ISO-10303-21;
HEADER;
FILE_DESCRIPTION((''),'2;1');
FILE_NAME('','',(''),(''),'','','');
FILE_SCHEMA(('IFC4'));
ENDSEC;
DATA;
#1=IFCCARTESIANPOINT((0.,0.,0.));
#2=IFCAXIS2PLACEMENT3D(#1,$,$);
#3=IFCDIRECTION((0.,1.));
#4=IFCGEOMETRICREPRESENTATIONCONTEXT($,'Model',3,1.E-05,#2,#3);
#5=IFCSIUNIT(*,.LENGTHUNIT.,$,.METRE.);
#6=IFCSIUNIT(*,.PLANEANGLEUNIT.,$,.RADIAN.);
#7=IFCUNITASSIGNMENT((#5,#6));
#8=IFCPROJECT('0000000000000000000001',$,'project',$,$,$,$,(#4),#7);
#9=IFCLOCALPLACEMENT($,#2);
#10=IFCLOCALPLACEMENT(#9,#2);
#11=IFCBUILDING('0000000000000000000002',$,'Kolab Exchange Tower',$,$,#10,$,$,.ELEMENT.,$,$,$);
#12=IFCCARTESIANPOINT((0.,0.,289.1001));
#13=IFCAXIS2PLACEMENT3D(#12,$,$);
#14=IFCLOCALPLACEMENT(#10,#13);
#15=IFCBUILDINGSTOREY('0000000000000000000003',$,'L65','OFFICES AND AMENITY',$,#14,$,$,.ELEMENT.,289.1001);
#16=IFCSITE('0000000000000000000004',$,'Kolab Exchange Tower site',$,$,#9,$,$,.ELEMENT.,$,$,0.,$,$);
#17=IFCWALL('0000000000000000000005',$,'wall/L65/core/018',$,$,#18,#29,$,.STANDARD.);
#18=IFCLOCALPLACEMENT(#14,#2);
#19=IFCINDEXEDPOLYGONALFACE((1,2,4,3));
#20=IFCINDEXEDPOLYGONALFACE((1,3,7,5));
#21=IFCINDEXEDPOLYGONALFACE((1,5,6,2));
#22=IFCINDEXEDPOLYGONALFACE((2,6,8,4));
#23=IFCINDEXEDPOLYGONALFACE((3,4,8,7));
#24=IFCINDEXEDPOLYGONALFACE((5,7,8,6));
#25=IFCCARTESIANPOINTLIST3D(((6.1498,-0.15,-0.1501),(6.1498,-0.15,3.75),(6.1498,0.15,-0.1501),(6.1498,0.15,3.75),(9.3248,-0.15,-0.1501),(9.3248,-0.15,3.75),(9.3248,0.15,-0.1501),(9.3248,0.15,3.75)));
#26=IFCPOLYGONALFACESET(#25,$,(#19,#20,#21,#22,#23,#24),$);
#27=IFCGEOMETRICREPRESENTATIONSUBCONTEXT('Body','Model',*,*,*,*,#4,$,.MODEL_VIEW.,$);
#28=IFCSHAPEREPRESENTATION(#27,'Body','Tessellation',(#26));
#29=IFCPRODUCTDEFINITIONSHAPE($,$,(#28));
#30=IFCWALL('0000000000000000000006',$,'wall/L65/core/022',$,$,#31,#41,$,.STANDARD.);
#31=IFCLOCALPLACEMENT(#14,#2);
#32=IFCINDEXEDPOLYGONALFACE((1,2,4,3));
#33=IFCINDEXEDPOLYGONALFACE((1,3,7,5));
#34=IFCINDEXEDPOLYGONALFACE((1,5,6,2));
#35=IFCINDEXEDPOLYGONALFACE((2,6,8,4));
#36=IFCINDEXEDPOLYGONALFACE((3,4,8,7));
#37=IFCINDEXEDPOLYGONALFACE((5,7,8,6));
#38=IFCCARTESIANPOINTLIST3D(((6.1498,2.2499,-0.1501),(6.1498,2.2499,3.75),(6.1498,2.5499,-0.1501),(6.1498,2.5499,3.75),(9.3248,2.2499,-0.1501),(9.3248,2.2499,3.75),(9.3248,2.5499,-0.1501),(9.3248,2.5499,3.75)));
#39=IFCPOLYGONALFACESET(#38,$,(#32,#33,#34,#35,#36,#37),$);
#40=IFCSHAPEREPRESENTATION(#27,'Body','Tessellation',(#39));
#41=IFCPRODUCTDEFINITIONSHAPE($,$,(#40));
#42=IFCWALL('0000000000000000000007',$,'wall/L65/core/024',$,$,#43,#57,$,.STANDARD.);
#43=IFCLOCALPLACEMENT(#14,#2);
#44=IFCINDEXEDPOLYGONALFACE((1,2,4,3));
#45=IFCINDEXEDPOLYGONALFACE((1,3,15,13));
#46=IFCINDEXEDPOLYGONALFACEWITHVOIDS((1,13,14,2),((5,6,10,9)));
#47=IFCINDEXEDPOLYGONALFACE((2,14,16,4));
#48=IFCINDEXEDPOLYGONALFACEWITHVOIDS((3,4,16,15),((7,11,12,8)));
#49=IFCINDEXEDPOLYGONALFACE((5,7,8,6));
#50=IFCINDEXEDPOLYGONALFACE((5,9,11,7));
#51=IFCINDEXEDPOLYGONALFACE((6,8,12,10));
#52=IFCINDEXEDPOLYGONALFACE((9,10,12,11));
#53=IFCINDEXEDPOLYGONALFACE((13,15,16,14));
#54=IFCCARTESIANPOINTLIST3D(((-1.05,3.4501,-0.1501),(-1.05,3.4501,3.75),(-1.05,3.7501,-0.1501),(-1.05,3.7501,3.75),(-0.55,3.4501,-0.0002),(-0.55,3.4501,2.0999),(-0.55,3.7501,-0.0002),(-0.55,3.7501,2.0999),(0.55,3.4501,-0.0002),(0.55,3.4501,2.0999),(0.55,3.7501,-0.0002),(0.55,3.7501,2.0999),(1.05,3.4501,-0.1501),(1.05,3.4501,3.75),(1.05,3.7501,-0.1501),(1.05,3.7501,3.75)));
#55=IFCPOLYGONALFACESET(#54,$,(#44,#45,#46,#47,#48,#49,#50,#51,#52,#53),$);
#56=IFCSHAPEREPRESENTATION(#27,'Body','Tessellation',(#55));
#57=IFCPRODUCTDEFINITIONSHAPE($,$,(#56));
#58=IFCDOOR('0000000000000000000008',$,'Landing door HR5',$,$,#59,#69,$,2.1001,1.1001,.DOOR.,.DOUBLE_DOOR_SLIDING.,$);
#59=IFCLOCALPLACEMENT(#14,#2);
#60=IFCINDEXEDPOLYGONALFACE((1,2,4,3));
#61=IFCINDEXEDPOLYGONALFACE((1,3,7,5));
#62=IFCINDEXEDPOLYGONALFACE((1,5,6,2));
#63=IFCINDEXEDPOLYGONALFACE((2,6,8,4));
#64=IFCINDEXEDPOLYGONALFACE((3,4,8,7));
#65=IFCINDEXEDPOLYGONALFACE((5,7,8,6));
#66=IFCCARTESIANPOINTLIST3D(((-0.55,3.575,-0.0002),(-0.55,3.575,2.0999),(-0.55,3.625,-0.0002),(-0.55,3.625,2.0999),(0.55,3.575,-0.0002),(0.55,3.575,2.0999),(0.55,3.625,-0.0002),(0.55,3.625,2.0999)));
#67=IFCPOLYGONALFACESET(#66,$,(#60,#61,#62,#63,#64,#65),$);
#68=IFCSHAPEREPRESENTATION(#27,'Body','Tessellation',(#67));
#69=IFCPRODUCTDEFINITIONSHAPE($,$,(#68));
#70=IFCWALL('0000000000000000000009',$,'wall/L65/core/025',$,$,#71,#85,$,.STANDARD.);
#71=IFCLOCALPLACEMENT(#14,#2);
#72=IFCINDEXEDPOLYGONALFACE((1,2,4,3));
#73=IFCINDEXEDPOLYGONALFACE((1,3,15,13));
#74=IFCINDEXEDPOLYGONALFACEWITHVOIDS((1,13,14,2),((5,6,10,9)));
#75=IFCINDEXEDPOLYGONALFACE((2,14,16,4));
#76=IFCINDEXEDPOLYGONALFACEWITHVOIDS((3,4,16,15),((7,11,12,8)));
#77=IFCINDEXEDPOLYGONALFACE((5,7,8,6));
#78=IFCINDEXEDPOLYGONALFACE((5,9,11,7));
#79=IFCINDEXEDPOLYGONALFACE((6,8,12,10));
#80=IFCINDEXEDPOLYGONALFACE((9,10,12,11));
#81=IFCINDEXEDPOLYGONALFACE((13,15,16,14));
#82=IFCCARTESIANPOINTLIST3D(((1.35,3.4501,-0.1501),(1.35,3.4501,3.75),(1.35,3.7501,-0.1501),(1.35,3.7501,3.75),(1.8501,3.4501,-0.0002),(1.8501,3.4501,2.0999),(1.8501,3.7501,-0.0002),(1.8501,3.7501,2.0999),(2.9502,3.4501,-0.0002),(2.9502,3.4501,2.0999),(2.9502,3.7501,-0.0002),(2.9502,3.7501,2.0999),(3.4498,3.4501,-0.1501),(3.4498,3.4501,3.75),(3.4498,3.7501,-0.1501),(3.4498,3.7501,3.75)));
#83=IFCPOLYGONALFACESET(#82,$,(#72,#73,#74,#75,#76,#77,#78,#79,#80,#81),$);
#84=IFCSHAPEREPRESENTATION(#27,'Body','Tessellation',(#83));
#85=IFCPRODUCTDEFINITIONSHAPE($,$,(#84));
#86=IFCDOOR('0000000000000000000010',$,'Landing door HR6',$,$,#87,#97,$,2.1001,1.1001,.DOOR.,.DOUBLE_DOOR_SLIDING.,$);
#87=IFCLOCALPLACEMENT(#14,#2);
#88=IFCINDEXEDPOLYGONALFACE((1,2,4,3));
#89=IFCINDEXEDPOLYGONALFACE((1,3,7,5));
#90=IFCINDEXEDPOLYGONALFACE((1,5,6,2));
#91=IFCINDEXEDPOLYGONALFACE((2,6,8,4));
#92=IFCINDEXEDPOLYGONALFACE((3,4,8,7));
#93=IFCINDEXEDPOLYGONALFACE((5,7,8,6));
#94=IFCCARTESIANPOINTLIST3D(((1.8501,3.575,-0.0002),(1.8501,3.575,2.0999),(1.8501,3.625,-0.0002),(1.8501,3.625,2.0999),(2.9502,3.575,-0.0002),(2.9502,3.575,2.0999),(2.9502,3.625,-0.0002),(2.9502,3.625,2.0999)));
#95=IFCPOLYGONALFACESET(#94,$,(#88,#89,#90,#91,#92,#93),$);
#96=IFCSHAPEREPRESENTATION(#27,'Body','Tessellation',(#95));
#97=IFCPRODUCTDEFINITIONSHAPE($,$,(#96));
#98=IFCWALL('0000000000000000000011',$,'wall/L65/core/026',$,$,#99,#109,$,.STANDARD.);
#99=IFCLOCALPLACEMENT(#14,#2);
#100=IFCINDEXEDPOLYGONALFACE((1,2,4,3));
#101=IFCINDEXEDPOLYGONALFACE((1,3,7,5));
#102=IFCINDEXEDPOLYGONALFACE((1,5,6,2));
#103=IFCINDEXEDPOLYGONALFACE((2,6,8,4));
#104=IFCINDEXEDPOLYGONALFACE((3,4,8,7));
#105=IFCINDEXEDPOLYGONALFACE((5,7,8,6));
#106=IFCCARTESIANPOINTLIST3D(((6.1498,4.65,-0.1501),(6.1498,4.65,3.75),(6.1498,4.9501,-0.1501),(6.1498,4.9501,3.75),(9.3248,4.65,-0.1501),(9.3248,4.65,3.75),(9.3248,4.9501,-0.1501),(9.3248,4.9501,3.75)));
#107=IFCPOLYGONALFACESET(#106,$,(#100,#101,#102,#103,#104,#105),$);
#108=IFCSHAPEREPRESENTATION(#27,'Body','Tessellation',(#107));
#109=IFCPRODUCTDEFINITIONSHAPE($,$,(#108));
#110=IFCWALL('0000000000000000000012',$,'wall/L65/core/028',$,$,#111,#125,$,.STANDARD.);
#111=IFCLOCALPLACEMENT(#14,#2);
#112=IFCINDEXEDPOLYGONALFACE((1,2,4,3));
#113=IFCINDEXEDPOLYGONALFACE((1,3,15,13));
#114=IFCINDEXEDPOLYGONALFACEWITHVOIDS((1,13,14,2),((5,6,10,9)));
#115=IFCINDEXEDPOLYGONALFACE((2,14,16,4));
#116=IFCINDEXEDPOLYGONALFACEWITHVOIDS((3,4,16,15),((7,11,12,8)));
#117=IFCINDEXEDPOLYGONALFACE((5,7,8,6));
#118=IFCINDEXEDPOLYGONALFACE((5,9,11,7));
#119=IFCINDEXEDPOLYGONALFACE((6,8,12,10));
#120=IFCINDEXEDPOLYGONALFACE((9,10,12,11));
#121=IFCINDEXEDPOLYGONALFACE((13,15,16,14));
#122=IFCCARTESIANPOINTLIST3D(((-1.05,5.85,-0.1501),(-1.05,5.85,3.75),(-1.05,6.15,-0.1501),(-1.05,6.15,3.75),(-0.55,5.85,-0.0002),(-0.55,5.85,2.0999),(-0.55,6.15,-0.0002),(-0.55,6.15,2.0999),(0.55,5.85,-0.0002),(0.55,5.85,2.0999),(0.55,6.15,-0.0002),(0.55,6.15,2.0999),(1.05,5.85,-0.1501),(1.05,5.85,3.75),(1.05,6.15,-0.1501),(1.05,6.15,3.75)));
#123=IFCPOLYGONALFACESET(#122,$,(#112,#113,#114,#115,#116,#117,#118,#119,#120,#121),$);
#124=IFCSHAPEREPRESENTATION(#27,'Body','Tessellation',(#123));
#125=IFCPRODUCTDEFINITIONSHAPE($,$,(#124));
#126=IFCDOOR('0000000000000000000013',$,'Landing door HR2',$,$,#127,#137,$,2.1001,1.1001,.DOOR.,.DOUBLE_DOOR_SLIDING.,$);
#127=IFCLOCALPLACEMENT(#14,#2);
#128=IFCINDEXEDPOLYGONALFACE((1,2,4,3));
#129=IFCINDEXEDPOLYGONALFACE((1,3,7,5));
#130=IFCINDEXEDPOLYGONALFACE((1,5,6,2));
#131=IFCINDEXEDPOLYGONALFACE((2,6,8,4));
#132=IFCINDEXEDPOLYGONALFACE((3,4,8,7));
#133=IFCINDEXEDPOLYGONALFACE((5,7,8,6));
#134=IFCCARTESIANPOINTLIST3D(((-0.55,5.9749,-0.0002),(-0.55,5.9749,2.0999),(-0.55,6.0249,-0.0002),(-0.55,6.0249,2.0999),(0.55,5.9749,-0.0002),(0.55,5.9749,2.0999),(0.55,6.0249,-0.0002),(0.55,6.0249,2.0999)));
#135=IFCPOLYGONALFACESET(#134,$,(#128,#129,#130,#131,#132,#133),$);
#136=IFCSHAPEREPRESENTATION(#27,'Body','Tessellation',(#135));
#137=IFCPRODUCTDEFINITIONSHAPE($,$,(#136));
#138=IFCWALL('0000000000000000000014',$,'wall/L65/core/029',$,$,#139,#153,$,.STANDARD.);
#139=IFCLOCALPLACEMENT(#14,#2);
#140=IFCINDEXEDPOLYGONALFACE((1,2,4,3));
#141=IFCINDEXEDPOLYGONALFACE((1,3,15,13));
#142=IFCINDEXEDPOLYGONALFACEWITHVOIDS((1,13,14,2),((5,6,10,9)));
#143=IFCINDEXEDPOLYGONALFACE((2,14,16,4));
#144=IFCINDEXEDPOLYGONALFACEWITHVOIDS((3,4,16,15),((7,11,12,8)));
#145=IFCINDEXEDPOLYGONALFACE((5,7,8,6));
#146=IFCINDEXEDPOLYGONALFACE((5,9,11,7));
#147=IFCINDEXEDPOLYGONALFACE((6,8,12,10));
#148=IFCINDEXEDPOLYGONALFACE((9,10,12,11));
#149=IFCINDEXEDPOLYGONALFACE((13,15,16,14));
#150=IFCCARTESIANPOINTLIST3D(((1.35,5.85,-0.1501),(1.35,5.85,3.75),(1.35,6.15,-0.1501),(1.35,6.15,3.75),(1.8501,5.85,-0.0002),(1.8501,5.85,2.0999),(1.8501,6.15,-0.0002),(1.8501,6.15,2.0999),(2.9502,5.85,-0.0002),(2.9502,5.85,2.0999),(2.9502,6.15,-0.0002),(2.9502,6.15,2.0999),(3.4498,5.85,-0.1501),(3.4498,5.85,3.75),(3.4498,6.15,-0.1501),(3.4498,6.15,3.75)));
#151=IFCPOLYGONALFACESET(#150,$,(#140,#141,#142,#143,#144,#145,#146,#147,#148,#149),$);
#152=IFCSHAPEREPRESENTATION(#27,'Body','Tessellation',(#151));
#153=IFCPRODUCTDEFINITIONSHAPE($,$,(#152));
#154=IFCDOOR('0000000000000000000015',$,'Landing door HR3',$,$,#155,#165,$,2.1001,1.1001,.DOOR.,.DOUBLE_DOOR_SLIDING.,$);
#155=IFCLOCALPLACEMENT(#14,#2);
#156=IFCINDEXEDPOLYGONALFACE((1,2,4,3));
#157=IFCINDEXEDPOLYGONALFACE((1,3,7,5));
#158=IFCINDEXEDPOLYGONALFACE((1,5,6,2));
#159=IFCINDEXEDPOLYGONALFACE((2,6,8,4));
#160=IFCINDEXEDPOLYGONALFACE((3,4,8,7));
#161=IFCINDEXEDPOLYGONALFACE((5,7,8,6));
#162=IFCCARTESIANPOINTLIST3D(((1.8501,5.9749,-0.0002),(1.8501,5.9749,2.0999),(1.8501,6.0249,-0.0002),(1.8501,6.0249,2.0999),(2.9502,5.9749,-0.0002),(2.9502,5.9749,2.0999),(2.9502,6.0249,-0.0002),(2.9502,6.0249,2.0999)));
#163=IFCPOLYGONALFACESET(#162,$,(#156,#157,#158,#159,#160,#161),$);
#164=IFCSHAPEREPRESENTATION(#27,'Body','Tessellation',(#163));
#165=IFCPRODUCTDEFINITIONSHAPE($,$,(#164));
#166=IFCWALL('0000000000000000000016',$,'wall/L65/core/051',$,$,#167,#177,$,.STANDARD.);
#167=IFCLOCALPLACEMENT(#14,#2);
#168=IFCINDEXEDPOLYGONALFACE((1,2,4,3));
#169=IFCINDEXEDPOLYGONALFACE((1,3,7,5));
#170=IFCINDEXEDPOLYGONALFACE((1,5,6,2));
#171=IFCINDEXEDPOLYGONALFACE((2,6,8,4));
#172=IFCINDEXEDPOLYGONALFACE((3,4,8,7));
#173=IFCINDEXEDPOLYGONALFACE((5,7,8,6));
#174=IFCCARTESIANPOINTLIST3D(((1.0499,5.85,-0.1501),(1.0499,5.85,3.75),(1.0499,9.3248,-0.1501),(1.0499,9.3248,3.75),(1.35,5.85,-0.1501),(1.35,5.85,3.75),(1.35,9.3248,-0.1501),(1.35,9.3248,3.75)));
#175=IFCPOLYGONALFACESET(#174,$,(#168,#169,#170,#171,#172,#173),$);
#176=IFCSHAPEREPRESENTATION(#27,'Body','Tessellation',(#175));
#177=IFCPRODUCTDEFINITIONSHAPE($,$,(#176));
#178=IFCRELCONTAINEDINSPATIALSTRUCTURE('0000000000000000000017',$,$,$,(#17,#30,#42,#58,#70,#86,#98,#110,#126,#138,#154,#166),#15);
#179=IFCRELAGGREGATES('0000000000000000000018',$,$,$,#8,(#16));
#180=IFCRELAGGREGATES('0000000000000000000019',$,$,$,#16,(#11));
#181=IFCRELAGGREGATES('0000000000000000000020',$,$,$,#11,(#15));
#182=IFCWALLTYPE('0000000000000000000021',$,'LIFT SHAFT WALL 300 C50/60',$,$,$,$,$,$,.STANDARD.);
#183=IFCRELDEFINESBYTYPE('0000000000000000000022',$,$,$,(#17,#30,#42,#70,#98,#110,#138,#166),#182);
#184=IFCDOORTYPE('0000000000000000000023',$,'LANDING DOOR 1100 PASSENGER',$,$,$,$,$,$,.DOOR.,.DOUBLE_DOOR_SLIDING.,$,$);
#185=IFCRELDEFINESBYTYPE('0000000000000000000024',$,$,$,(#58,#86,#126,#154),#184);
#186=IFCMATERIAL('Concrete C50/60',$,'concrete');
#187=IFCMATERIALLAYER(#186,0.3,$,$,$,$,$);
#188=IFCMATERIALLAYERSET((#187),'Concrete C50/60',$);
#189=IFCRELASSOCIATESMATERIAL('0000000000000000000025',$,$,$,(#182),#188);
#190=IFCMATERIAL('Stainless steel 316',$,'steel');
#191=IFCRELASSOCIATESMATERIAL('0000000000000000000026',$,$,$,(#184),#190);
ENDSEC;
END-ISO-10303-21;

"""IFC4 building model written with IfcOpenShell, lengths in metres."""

from ifc_helpers import new_model, si_unit, direction, frame, frame_2d, origin, place, context, subcontext, project, spatial, rectangle, extrude, material, layer, layer_set, type_object, element, fill, save


model = new_model("IFC4")

# Units and contexts
model_context = context("Model", 3, precision=1e-05, world=origin(), true_north=direction((0.0, 1.0)))
body_context = subcontext(model_context, "Body", "Model", "MODEL_VIEW")
ifc_project = project(units=[si_unit("LENGTHUNIT", "METRE"), si_unit("PLANEANGLEUNIT", "RADIAN")], contexts=[model_context])

# Site, building, storey
site_placement = place(None, origin())
site = spatial("IfcSite", under=ifc_project, at=site_placement, Name="Kolab Exchange Tower site", CompositionType="ELEMENT", RefElevation=0.0)
building_placement = place(site_placement, origin())
building = spatial("IfcBuilding", under=site, at=building_placement, Name="Kolab Exchange Tower", CompositionType="ELEMENT")
storey_placement = place(building_placement, frame((0.0, 0.0, 289.1001)))
storey = spatial("IfcBuildingStorey", under=building, at=storey_placement, Name="L65", Description="OFFICES AND AMENITY", CompositionType="ELEMENT", Elevation=289.1001)

# Shared definitions
ifc_material_1 = material(Name="Concrete C50/60", Category="concrete")

# Walls
ifc_layer_1 = layer(ifc_material_1, 0.3)
ifc_layer_set_1 = layer_set([ifc_layer_1], Name="Concrete C50/60")
wall_type = type_object("IfcWallType", Name="LIFT SHAFT WALL 300 C50/60", PredefinedType="STANDARD", material=ifc_layer_set_1)
for number, where, z_axis, x_axis, name in (
    (1, (6.1499, 0.0, -0.1501), (0.0, 0.0, 1.0), (1.0, 0.0, 0.0), "wall/L65/core/018"),
    (2, (6.1499, 2.3999, -0.1501), (0.0, 0.0, 1.0), (1.0, 0.0, 0.0), "wall/L65/core/022"),
):
    element("IfcWall", number, at=place(storey_placement, frame(where, z_axis=z_axis, x_axis=x_axis)), inside=storey, type_object=wall_type, Name=name, PredefinedType="STANDARD", context=body_context, shape_type="SweptSolid", body=[
        extrude(rectangle(XDim=3.175, YDim=0.3, at=frame_2d((1.5874, 0.0))), origin(), (0.0, 0.0, 1.0), 3.9001),
    ])

# Walls, openings, doors
wall_1_placement = place(storey_placement, frame((-1.05, 3.6001, -0.1501), z_axis=(0.0, 0.0, 1.0), x_axis=(1.0, 0.0, 0.0)))
wall_1 = element("IfcWall", 3, at=wall_1_placement, inside=storey, type_object=wall_type, Name="wall/L65/core/024", PredefinedType="STANDARD", context=body_context, shape_type="SweptSolid", body=[
    extrude(rectangle(XDim=2.1001, YDim=0.3, at=frame_2d((1.05, 0.0))), origin(), (0.0, 0.0, 1.0), 3.9001),
])
opening_1_placement = place(wall_1_placement, frame((0.5, 0.0, 0.1499)))
opening_1 = element("IfcOpeningElement", 4, at=opening_1_placement, cuts=wall_1, PredefinedType="OPENING", context=body_context, shape_type="SweptSolid", body=[
    extrude(rectangle(XDim=1.1001, YDim=2.1001, at=frame_2d((0.55, 1.05))), frame((0.0, 0.1602, 0.0), z_axis=(0.0, -1.0, 0.0), x_axis=(1.0, 0.0, 0.0)), (0.0, 0.0, 1.0), 0.3201),
])
ifc_material_2 = material(Name="Stainless steel 316", Category="steel")
door_type = type_object("IfcDoorType", Name="LANDING DOOR 1100 PASSENGER", OperationType="DOUBLE_DOOR_SLIDING", PredefinedType="DOOR", material=ifc_material_2)
door_1_placement = place(opening_1_placement, origin())
door_1 = element("IfcDoor", 5, at=door_1_placement, inside=storey, type_object=door_type, Name="Landing door HR5", OperationType="DOUBLE_DOOR_SLIDING", OverallHeight=2.1001, OverallWidth=1.1001, PredefinedType="DOOR", context=body_context, shape_type="SweptSolid", body=[
    extrude(rectangle(XDim=1.1001, YDim=2.1001, at=frame_2d((0.55, 1.05))), frame((0.0, 0.0249, 0.0), z_axis=(0.0, -1.0, 0.0), x_axis=(1.0, 0.0, 0.0)), (0.0, 0.0, 1.0), 0.05),
])
fill(opening_1, door_1)
wall_2_placement = place(storey_placement, frame((1.3501, 3.6001, -0.1501), z_axis=(0.0, 0.0, 1.0), x_axis=(1.0, 0.0, 0.0)))
wall_2 = element("IfcWall", 6, at=wall_2_placement, inside=storey, type_object=wall_type, Name="wall/L65/core/025", PredefinedType="STANDARD", context=body_context, shape_type="SweptSolid", body=[
    extrude(rectangle(XDim=2.0999, YDim=0.3, at=frame_2d((1.0498, 0.0))), origin(), (0.0, 0.0, 1.0), 3.9001),
])
opening_2_placement = place(wall_2_placement, frame((0.5, 0.0, 0.1499)))
opening_2 = element("IfcOpeningElement", 7, at=opening_2_placement, cuts=wall_2, PredefinedType="OPENING", context=body_context, shape_type="SweptSolid", body=[
    extrude(rectangle(XDim=1.1001, YDim=2.1001, at=frame_2d((0.55, 1.05))), frame((0.0, 0.1602, 0.0), z_axis=(0.0, -1.0, 0.0), x_axis=(1.0, 0.0, 0.0)), (0.0, 0.0, 1.0), 0.3201),
])
door_2_placement = place(opening_2_placement, origin())
door_2 = element("IfcDoor", 8, at=door_2_placement, inside=storey, type_object=door_type, Name="Landing door HR6", OperationType="DOUBLE_DOOR_SLIDING", OverallHeight=2.1001, OverallWidth=1.1001, PredefinedType="DOOR", context=body_context, shape_type="SweptSolid", body=[
    extrude(rectangle(XDim=1.1001, YDim=2.1001, at=frame_2d((0.55, 1.05))), frame((0.0, 0.0249, 0.0), z_axis=(0.0, -1.0, 0.0), x_axis=(1.0, 0.0, 0.0)), (0.0, 0.0, 1.0), 0.05),
])
fill(opening_2, door_2)

# Wall
wall_3_placement = place(storey_placement, frame((6.1499, 4.8, -0.1501), z_axis=(0.0, 0.0, 1.0), x_axis=(1.0, 0.0, 0.0)))
element("IfcWall", 9, at=wall_3_placement, inside=storey, type_object=wall_type, Name="wall/L65/core/026", PredefinedType="STANDARD", context=body_context, shape_type="SweptSolid", body=[
    extrude(rectangle(XDim=3.175, YDim=0.3, at=frame_2d((1.5874, 0.0))), origin(), (0.0, 0.0, 1.0), 3.9001),
])

# Walls, openings, doors
wall_4_placement = place(storey_placement, frame((-1.05, 6.0, -0.1501), z_axis=(0.0, 0.0, 1.0), x_axis=(1.0, 0.0, 0.0)))
wall_4 = element("IfcWall", 10, at=wall_4_placement, inside=storey, type_object=wall_type, Name="wall/L65/core/028", PredefinedType="STANDARD", context=body_context, shape_type="SweptSolid", body=[
    extrude(rectangle(XDim=2.1001, YDim=0.3, at=frame_2d((1.05, 0.0))), origin(), (0.0, 0.0, 1.0), 3.9001),
])
opening_3_placement = place(wall_4_placement, frame((0.5, 0.0, 0.1499)))
opening_3 = element("IfcOpeningElement", 11, at=opening_3_placement, cuts=wall_4, PredefinedType="OPENING", context=body_context, shape_type="SweptSolid", body=[
    extrude(rectangle(XDim=1.1001, YDim=2.1001, at=frame_2d((0.55, 1.05))), frame((0.0, 0.1602, 0.0), z_axis=(0.0, -1.0, 0.0), x_axis=(1.0, 0.0, 0.0)), (0.0, 0.0, 1.0), 0.3201),
])
door_3_placement = place(opening_3_placement, origin())
door_3 = element("IfcDoor", 12, at=door_3_placement, inside=storey, type_object=door_type, Name="Landing door HR2", OperationType="DOUBLE_DOOR_SLIDING", OverallHeight=2.1001, OverallWidth=1.1001, PredefinedType="DOOR", context=body_context, shape_type="SweptSolid", body=[
    extrude(rectangle(XDim=1.1001, YDim=2.1001, at=frame_2d((0.55, 1.05))), frame((0.0, 0.0249, 0.0), z_axis=(0.0, -1.0, 0.0), x_axis=(1.0, 0.0, 0.0)), (0.0, 0.0, 1.0), 0.05),
])
fill(opening_3, door_3)
wall_5_placement = place(storey_placement, frame((1.3501, 6.0, -0.1501), z_axis=(0.0, 0.0, 1.0), x_axis=(1.0, 0.0, 0.0)))
wall_5 = element("IfcWall", 13, at=wall_5_placement, inside=storey, type_object=wall_type, Name="wall/L65/core/029", PredefinedType="STANDARD", context=body_context, shape_type="SweptSolid", body=[
    extrude(rectangle(XDim=2.0999, YDim=0.3, at=frame_2d((1.0498, 0.0))), origin(), (0.0, 0.0, 1.0), 3.9001),
])
opening_4_placement = place(wall_5_placement, frame((0.5, 0.0, 0.1499)))
opening_4 = element("IfcOpeningElement", 14, at=opening_4_placement, cuts=wall_5, PredefinedType="OPENING", context=body_context, shape_type="SweptSolid", body=[
    extrude(rectangle(XDim=1.1001, YDim=2.1001, at=frame_2d((0.55, 1.05))), frame((0.0, 0.1602, 0.0), z_axis=(0.0, -1.0, 0.0), x_axis=(1.0, 0.0, 0.0)), (0.0, 0.0, 1.0), 0.3201),
])
door_4_placement = place(opening_4_placement, origin())
door_4 = element("IfcDoor", 15, at=door_4_placement, inside=storey, type_object=door_type, Name="Landing door HR3", OperationType="DOUBLE_DOOR_SLIDING", OverallHeight=2.1001, OverallWidth=1.1001, PredefinedType="DOOR", context=body_context, shape_type="SweptSolid", body=[
    extrude(rectangle(XDim=1.1001, YDim=2.1001, at=frame_2d((0.55, 1.05))), frame((0.0, 0.0249, 0.0), z_axis=(0.0, -1.0, 0.0), x_axis=(1.0, 0.0, 0.0)), (0.0, 0.0, 1.0), 0.05),
])
fill(opening_4, door_4)

# Wall
for number, where, z_axis, x_axis, name in (
    (16, (1.2, 5.8501, -0.1501), (0.0, 0.0, 1.0), (0.0, 1.0, 0.0), "wall/L65/core/051"),
):
    element("IfcWall", number, at=place(storey_placement, frame(where, z_axis=z_axis, x_axis=x_axis)), inside=storey, type_object=wall_type, Name=name, PredefinedType="STANDARD", context=body_context, shape_type="SweptSolid", body=[
        extrude(rectangle(XDim=3.4749, YDim=0.3, at=frame_2d((1.7373, 0.0))), origin(), (0.0, 0.0, 1.0), 3.9001),
    ])

save(model, "model.ifc")
